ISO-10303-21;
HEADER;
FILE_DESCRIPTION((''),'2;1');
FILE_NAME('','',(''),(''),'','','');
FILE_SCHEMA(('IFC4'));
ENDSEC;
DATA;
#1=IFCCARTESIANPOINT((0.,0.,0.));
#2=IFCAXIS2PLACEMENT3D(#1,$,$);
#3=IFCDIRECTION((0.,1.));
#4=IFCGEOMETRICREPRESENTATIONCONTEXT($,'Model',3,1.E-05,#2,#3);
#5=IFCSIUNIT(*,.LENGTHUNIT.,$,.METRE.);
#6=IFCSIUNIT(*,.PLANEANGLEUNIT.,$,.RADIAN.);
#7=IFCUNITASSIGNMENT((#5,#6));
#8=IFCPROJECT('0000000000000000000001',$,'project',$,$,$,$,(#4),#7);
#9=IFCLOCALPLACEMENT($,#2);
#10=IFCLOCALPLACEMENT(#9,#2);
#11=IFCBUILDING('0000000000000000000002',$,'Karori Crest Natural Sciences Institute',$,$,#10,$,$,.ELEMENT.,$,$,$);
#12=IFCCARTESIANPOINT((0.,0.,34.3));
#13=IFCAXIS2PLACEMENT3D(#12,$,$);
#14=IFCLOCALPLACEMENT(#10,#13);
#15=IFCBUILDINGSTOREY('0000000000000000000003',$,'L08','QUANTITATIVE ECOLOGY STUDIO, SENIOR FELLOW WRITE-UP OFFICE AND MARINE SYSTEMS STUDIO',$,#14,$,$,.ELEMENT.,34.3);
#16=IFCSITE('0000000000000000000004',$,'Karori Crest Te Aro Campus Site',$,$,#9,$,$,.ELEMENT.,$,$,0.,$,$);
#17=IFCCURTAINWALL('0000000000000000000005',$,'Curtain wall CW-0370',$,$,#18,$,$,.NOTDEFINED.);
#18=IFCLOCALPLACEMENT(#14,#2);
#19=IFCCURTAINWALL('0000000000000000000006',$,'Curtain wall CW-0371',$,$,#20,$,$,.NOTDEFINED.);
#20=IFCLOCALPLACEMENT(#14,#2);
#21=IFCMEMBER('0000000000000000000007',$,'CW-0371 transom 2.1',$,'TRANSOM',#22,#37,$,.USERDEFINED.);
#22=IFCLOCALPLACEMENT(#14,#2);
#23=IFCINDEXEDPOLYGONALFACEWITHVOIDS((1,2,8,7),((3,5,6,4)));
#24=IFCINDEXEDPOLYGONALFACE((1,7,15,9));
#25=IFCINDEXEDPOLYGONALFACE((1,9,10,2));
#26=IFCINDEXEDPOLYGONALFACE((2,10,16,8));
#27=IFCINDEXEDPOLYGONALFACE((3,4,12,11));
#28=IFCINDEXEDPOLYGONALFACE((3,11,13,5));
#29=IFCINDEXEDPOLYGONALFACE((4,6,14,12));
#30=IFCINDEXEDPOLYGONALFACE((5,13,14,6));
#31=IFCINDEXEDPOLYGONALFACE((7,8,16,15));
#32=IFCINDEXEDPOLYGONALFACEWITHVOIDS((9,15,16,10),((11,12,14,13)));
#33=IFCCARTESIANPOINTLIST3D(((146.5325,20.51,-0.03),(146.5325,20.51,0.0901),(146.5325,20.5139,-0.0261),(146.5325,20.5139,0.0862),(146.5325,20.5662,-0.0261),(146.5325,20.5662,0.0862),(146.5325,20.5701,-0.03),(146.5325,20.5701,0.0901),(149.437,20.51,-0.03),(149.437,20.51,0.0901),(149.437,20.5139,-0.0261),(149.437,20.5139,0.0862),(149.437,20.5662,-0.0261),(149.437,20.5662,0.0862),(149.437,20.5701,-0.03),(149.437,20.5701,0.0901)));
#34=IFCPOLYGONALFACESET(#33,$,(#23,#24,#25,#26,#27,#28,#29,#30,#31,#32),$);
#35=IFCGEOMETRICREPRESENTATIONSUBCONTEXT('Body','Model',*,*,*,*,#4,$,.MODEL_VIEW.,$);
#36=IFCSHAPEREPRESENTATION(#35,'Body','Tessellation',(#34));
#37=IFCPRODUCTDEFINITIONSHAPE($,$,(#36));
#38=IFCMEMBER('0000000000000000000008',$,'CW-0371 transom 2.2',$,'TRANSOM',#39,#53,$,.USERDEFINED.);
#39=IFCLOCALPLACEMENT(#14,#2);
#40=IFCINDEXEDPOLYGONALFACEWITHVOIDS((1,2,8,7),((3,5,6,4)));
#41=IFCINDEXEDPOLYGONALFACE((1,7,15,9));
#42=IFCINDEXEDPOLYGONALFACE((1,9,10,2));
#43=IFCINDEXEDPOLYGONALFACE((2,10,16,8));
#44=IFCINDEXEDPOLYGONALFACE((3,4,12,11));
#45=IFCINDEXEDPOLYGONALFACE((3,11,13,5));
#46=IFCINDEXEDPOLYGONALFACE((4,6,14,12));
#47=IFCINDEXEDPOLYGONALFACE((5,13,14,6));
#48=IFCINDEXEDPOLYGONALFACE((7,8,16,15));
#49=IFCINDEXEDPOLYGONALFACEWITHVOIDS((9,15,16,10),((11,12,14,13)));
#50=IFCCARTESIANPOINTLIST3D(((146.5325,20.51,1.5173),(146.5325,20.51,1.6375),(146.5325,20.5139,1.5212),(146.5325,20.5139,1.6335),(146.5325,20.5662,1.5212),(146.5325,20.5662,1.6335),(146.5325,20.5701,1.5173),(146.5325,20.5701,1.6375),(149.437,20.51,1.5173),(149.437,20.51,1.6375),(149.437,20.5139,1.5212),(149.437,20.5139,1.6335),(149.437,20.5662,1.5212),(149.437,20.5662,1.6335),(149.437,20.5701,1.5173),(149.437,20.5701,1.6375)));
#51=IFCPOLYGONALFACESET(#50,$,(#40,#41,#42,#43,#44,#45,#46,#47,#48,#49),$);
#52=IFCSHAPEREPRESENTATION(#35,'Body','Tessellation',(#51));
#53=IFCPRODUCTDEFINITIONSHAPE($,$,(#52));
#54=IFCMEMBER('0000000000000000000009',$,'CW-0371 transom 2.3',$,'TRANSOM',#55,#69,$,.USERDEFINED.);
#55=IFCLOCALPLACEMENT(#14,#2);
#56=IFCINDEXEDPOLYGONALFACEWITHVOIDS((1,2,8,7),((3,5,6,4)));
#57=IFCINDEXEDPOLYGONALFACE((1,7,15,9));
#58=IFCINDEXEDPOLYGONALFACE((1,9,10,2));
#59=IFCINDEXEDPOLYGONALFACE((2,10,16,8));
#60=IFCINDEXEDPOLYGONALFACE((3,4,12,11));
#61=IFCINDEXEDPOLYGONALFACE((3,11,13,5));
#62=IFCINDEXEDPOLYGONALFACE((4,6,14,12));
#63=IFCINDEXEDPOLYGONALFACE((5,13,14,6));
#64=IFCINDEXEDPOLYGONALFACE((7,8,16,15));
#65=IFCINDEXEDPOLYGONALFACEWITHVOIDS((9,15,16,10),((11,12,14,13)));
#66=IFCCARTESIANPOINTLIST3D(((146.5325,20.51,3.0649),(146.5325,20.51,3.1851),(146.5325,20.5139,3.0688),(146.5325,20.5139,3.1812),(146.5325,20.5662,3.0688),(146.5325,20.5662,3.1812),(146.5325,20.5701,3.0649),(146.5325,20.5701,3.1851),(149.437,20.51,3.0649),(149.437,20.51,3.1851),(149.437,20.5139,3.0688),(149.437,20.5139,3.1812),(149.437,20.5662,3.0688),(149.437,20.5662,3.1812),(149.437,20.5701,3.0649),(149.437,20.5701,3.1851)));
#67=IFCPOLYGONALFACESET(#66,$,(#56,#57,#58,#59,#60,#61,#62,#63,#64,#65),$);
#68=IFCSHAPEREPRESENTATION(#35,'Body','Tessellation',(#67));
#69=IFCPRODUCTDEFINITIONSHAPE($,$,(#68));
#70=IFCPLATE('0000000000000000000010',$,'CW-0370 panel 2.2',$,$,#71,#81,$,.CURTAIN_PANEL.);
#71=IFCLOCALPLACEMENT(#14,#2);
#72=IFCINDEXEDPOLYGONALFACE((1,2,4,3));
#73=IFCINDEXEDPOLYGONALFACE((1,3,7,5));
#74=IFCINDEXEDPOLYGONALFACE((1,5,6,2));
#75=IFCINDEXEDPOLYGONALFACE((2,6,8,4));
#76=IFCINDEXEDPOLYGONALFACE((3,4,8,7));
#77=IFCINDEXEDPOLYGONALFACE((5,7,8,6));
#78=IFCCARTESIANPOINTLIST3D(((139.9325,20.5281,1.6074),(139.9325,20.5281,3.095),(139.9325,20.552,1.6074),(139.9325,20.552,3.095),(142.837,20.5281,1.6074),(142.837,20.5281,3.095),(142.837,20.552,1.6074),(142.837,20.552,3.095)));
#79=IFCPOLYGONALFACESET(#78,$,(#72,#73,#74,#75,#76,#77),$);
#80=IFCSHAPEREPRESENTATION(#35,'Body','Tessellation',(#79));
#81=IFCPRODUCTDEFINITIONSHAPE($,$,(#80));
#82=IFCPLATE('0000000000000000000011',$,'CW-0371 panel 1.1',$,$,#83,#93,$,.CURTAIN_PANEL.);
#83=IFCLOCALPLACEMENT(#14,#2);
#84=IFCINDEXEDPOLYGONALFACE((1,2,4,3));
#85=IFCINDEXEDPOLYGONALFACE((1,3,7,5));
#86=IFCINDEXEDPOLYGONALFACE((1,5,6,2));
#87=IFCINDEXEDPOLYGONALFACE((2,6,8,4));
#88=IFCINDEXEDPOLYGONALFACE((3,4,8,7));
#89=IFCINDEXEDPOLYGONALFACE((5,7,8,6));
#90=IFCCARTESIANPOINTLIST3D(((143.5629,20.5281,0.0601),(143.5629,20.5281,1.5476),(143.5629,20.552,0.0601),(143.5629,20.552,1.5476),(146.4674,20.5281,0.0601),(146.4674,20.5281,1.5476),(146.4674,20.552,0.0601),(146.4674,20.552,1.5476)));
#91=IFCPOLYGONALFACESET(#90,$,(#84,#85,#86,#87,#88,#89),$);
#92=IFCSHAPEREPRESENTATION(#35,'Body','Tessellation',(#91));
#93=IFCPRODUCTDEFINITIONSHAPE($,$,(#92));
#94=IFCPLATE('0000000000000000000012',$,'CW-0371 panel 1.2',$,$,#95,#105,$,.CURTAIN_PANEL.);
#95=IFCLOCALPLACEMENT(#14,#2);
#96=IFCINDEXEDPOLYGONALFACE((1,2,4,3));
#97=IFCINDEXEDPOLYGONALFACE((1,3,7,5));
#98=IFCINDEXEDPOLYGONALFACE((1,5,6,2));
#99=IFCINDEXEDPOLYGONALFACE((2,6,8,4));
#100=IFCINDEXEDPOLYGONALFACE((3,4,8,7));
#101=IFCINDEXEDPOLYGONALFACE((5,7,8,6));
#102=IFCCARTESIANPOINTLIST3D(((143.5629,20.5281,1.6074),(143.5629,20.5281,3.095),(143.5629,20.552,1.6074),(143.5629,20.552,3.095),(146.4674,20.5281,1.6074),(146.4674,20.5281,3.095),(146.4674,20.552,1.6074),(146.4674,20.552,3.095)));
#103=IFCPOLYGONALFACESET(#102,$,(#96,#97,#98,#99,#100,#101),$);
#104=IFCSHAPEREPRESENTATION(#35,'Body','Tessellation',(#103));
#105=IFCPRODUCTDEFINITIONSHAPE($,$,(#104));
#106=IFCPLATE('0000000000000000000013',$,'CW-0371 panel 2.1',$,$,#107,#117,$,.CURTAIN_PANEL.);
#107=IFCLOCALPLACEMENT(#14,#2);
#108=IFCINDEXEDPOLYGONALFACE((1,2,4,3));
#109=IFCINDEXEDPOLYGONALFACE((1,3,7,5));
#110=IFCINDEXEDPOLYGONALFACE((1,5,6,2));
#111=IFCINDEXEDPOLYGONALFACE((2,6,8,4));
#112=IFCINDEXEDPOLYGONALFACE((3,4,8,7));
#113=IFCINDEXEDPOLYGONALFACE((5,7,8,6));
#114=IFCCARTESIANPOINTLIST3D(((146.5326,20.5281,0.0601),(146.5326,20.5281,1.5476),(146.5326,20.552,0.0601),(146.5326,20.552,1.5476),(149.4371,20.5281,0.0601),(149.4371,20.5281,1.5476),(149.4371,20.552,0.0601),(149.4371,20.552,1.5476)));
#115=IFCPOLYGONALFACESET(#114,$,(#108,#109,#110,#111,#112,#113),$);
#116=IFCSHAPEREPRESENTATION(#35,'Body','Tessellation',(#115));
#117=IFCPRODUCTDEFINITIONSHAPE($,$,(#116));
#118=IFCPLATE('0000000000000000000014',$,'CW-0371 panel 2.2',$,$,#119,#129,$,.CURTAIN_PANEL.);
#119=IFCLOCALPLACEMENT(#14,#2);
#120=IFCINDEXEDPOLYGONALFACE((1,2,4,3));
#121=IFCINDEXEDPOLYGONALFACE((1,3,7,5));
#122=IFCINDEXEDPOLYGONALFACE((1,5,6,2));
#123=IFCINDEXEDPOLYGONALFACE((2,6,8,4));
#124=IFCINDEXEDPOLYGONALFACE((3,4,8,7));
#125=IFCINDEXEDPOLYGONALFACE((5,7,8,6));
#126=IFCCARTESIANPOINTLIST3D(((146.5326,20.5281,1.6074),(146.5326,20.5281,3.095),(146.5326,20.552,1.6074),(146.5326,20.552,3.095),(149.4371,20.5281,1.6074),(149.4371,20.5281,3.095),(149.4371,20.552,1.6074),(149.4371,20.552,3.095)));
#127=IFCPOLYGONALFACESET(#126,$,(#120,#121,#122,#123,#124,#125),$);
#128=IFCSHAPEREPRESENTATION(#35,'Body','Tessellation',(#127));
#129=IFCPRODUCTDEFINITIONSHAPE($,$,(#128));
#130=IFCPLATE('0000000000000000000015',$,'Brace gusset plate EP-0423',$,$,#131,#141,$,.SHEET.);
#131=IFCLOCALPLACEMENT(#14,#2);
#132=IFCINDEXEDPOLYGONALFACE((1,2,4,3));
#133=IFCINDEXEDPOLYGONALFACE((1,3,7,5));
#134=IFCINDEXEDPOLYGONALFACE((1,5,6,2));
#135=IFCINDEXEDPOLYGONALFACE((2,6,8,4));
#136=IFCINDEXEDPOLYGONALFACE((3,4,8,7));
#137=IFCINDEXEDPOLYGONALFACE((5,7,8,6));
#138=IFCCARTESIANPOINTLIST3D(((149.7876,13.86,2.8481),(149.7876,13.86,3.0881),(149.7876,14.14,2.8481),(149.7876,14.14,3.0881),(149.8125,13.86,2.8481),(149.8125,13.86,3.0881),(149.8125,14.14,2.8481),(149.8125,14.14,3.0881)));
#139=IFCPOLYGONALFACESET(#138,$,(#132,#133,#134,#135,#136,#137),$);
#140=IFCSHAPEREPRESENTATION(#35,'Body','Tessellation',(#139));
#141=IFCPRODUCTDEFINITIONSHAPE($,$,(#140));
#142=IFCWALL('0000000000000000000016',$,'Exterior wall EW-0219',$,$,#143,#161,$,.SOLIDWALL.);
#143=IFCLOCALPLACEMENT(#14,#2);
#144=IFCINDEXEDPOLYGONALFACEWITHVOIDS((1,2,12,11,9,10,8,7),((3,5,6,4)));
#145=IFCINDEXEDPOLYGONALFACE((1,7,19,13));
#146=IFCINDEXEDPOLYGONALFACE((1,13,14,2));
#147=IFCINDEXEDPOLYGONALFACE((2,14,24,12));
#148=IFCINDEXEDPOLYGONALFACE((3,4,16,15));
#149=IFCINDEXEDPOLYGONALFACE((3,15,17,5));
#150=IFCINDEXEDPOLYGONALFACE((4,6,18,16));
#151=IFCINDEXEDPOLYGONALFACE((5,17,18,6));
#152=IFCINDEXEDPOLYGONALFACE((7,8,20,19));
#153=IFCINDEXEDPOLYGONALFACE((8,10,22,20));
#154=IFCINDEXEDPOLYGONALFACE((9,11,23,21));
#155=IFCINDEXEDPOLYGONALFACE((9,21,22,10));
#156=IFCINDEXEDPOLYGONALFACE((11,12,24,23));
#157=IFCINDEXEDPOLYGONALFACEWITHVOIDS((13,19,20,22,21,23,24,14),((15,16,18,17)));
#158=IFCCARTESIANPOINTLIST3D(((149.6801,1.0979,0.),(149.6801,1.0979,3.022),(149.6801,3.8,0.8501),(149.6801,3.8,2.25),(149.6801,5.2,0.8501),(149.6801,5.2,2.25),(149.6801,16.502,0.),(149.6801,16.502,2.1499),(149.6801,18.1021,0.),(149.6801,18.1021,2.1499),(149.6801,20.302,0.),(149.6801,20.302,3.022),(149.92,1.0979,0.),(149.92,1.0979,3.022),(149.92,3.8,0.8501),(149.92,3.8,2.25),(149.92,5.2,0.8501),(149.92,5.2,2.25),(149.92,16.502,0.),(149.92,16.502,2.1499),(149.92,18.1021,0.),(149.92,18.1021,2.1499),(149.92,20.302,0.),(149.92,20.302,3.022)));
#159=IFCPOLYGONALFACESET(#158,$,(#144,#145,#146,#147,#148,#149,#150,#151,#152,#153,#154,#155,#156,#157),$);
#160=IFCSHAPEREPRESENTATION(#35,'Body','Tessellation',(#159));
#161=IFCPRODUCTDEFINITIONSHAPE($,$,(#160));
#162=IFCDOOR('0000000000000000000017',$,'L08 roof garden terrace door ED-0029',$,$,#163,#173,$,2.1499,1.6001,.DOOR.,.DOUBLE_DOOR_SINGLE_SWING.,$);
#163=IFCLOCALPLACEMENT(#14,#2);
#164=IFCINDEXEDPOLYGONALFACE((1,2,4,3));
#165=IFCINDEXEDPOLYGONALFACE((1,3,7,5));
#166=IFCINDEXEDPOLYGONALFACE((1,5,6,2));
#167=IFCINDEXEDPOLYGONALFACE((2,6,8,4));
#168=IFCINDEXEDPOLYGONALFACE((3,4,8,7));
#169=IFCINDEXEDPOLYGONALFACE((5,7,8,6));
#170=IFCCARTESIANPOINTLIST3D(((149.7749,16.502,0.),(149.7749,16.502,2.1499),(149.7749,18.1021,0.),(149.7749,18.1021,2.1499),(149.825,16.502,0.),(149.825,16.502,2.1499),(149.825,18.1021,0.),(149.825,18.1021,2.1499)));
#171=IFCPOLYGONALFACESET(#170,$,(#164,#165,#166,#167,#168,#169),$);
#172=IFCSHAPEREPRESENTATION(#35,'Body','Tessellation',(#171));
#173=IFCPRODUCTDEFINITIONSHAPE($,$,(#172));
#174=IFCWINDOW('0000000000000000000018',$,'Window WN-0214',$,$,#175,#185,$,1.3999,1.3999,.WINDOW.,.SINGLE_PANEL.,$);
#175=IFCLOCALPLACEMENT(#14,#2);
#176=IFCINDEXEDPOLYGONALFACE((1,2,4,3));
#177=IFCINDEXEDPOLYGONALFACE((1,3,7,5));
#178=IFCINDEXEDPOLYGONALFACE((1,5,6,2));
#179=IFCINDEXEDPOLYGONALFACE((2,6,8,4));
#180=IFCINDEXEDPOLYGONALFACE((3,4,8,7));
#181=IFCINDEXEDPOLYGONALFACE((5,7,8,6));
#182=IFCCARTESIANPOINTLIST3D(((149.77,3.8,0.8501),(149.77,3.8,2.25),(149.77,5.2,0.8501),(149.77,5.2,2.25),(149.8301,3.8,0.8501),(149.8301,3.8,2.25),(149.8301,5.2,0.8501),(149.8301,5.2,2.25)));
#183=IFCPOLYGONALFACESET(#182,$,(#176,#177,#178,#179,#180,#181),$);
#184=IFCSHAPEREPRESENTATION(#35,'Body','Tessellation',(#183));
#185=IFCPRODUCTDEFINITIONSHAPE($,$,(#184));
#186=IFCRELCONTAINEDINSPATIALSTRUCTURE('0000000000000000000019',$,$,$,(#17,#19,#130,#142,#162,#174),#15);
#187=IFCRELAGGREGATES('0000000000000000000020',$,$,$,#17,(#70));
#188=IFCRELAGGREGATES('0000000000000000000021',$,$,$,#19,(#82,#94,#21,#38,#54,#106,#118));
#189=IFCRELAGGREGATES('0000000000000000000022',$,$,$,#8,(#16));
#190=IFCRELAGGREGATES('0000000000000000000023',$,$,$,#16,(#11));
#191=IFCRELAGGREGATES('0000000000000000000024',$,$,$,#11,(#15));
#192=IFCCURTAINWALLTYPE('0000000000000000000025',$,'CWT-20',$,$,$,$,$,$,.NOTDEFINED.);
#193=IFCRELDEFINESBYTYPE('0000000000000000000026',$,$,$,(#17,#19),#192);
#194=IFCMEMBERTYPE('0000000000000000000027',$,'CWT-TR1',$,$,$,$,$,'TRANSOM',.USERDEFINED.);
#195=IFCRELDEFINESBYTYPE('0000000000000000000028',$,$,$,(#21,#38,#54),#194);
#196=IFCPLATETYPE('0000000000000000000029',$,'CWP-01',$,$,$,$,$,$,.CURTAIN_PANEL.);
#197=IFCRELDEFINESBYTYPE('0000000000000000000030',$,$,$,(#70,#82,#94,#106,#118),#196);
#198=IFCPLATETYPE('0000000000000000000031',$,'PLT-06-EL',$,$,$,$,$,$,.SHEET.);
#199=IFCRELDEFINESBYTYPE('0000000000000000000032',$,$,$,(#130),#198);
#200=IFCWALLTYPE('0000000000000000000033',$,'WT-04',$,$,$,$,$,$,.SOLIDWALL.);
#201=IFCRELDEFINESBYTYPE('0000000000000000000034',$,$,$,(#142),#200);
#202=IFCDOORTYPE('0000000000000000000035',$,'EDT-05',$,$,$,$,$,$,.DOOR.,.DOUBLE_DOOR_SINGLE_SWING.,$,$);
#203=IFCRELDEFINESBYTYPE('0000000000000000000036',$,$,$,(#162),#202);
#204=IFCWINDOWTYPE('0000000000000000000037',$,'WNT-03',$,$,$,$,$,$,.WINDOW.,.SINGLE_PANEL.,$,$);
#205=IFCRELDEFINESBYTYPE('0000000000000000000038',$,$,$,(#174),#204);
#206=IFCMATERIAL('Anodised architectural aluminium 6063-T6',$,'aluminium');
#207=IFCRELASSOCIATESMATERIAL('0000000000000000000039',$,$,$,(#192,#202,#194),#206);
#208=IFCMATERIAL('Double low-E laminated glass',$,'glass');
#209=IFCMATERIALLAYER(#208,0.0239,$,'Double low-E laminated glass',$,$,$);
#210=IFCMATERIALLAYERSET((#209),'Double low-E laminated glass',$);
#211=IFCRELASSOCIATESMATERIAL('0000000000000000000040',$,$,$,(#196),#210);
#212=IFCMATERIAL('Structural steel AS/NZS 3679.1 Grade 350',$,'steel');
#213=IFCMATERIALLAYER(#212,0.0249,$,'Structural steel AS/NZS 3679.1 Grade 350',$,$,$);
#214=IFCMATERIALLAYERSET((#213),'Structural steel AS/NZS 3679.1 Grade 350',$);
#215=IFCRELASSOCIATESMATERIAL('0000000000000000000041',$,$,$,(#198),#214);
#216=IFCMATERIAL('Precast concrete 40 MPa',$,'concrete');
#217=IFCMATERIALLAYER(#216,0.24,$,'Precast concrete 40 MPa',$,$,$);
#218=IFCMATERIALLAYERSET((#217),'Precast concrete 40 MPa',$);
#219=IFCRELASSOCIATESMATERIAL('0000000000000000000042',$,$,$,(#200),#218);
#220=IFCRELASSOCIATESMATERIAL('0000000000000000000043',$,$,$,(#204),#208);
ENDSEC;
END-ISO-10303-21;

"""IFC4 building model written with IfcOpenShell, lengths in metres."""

from ifc_helpers import new_model, si_unit, direction, frame, frame_2d, origin, origin_2d, place, context, subcontext, project, spatial, rectangle, hollow_rectangle, extrude, material, layer, layer_set, material_profile, profile_set, type_object, element, fill, aggregate, save


model = new_model("IFC4")

# Units and contexts
model_context = context("Model", 3, precision=1e-05, world=origin(), true_north=direction((0.0, 1.0)))
body_context = subcontext(model_context, "Body", "Model", "MODEL_VIEW")
ifc_project = project(units=[si_unit("LENGTHUNIT", "METRE"), si_unit("PLANEANGLEUNIT", "RADIAN")], contexts=[model_context])

# Site, building, storey
site_placement = place(None, origin())
site = spatial("IfcSite", under=ifc_project, at=site_placement, Name="Karori Crest Te Aro Campus Site", CompositionType="ELEMENT", RefElevation=0.0)
building_placement = place(site_placement, origin())
building = spatial("IfcBuilding", under=site, at=building_placement, Name="Karori Crest Natural Sciences Institute", CompositionType="ELEMENT")
storey_placement = place(building_placement, frame((0.0, 0.0, 34.3)))
storey = spatial("IfcBuildingStorey", under=building, at=storey_placement, Name="L08", Description="QUANTITATIVE ECOLOGY STUDIO, SENIOR FELLOW WRITE-UP OFFICE AND MARINE SYSTEMS STUDIO", CompositionType="ELEMENT", Elevation=34.3)

# Shared definitions
ifc_material_1 = material(Name="Structural steel AS/NZS 3679.1 Grade 350", Category="steel")

# Curtain wall
ifc_material_2 = material(Name="Anodised architectural aluminium 6063-T6", Category="aluminium")
curtain_wall_type = type_object("IfcCurtainWallType", Name="CWT-20", PredefinedType="NOTDEFINED", material=ifc_material_2)
curtain_wall_1_placement = place(storey_placement, origin())
curtain_wall_1 = element("IfcCurtainWall", 1, at=curtain_wall_1_placement, inside=storey, type_object=curtain_wall_type, Name="Curtain wall CW-0370", PredefinedType="NOTDEFINED")

# Curtain wall, members
curtain_wall_2_placement = place(storey_placement, origin())
curtain_wall_2 = element("IfcCurtainWall", 2, at=curtain_wall_2_placement, inside=storey, type_object=curtain_wall_type, Name="Curtain wall CW-0371", PredefinedType="NOTDEFINED")
ifc_material_profile_1 = material_profile(ifc_material_2, hollow_rectangle(XDim=0.0601, YDim=0.1201, WallThickness=0.0039, at=origin_2d()), Name="CWT120x60x4")
ifc_profile_set_1 = profile_set([ifc_material_profile_1], Name="Anodised architectural aluminium 6063-T6")
member_type_1 = type_object("IfcMemberType", Name="CWT-TR1", ElementType="TRANSOM", PredefinedType="USERDEFINED", material=ifc_profile_set_1)
member_1_placement = place(storey_placement, frame((146.5325, 20.54, 0.03), z_axis=(1.0, 0.0, 0.0), x_axis=(0.0, 1.0, 0.0)))
member_1 = element("IfcMember", 3, at=member_1_placement, type_object=member_type_1, Name="CW-0371 transom 2.1", ObjectType="TRANSOM", PredefinedType="USERDEFINED", context=body_context, shape_type="SweptSolid", body=[
    extrude(hollow_rectangle(XDim=0.0601, YDim=0.1201, WallThickness=0.0039, at=origin_2d()), origin(), (0.0, 0.0, 1.0), 2.9045),
])
member_2_placement = place(storey_placement, frame((146.5325, 20.54, 1.5774), z_axis=(1.0, 0.0, 0.0), x_axis=(0.0, 1.0, 0.0)))
member_2 = element("IfcMember", 4, at=member_2_placement, type_object=member_type_1, Name="CW-0371 transom 2.2", ObjectType="TRANSOM", PredefinedType="USERDEFINED", context=body_context, shape_type="SweptSolid", body=[
    extrude(hollow_rectangle(XDim=0.0601, YDim=0.1201, WallThickness=0.0039, at=origin_2d()), origin(), (0.0, 0.0, 1.0), 2.9045),
])
member_3_placement = place(storey_placement, frame((146.5325, 20.54, 3.125), z_axis=(1.0, 0.0, 0.0), x_axis=(0.0, 1.0, 0.0)))
member_3 = element("IfcMember", 5, at=member_3_placement, type_object=member_type_1, Name="CW-0371 transom 2.3", ObjectType="TRANSOM", PredefinedType="USERDEFINED", context=body_context, shape_type="SweptSolid", body=[
    extrude(hollow_rectangle(XDim=0.0601, YDim=0.1201, WallThickness=0.0039, at=origin_2d()), origin(), (0.0, 0.0, 1.0), 2.9045),
])

# Plates
ifc_material_3 = material(Name="Double low-E laminated glass", Category="glass")
ifc_layer_1 = layer(ifc_material_3, 0.0239, Name="Double low-E laminated glass")
ifc_layer_set_1 = layer_set([ifc_layer_1], Name="Double low-E laminated glass")
plate_type_1 = type_object("IfcPlateType", Name="CWP-01", PredefinedType="CURTAIN_PANEL", material=ifc_layer_set_1)
plate_1_placement = place(storey_placement, frame((141.3848, 20.54, 1.6074), z_axis=(0.0, 0.0, 1.0), x_axis=(1.0, 0.0, 0.0)))
plate_1 = element("IfcPlate", 6, at=plate_1_placement, type_object=plate_type_1, Name="CW-0370 panel 2.2", PredefinedType="CURTAIN_PANEL", context=body_context, shape_type="SweptSolid", body=[
    extrude(rectangle(XDim=2.9045, YDim=0.0239, at=origin_2d()), origin(), (0.0, 0.0, 1.0), 1.4875),
])
aggregate(curtain_wall_1, [plate_1])
plate_2_placement = place(storey_placement, frame((145.0151, 20.54, 0.0601), z_axis=(0.0, 0.0, 1.0), x_axis=(1.0, 0.0, 0.0)))
plate_2 = element("IfcPlate", 7, at=plate_2_placement, type_object=plate_type_1, Name="CW-0371 panel 1.1", PredefinedType="CURTAIN_PANEL", context=body_context, shape_type="SweptSolid", body=[
    extrude(rectangle(XDim=2.9045, YDim=0.0239, at=origin_2d()), origin(), (0.0, 0.0, 1.0), 1.4875),
])
plate_3_placement = place(storey_placement, frame((145.0151, 20.54, 1.6074), z_axis=(0.0, 0.0, 1.0), x_axis=(1.0, 0.0, 0.0)))
plate_3 = element("IfcPlate", 8, at=plate_3_placement, type_object=plate_type_1, Name="CW-0371 panel 1.2", PredefinedType="CURTAIN_PANEL", context=body_context, shape_type="SweptSolid", body=[
    extrude(rectangle(XDim=2.9045, YDim=0.0239, at=origin_2d()), origin(), (0.0, 0.0, 1.0), 1.4875),
])
plate_4_placement = place(storey_placement, frame((147.9849, 20.54, 0.0601), z_axis=(0.0, 0.0, 1.0), x_axis=(1.0, 0.0, 0.0)))
plate_4 = element("IfcPlate", 9, at=plate_4_placement, type_object=plate_type_1, Name="CW-0371 panel 2.1", PredefinedType="CURTAIN_PANEL", context=body_context, shape_type="SweptSolid", body=[
    extrude(rectangle(XDim=2.9045, YDim=0.0239, at=origin_2d()), origin(), (0.0, 0.0, 1.0), 1.4875),
])
plate_5_placement = place(storey_placement, frame((147.9849, 20.54, 1.6074), z_axis=(0.0, 0.0, 1.0), x_axis=(1.0, 0.0, 0.0)))
plate_5 = element("IfcPlate", 10, at=plate_5_placement, type_object=plate_type_1, Name="CW-0371 panel 2.2", PredefinedType="CURTAIN_PANEL", context=body_context, shape_type="SweptSolid", body=[
    extrude(rectangle(XDim=2.9045, YDim=0.0239, at=origin_2d()), origin(), (0.0, 0.0, 1.0), 1.4875),
])
aggregate(curtain_wall_2, [plate_2, plate_3, member_1, member_2, member_3, plate_4, plate_5])
ifc_layer_2 = layer(ifc_material_1, 0.0249, Name="Structural steel AS/NZS 3679.1 Grade 350")
ifc_layer_set_2 = layer_set([ifc_layer_2], Name="Structural steel AS/NZS 3679.1 Grade 350")
plate_type_2 = type_object("IfcPlateType", Name="PLT-06-EL", PredefinedType="SHEET", material=ifc_layer_set_2)
plate_6_placement = place(storey_placement, frame((149.8, 14.0, 2.8481), z_axis=(0.0, 0.0, 1.0), x_axis=(0.0, 1.0, 0.0)))
element("IfcPlate", 11, at=plate_6_placement, inside=storey, type_object=plate_type_2, Name="Brace gusset plate EP-0423", PredefinedType="SHEET", context=body_context, shape_type="SweptSolid", body=[
    extrude(rectangle(XDim=0.28, YDim=0.0249, at=origin_2d()), origin(), (0.0, 0.0, 1.0), 0.24),
])

# Wall, openings, door, window
ifc_material_4 = material(Name="Precast concrete 40 MPa", Category="concrete")
ifc_layer_3 = layer(ifc_material_4, 0.24, Name="Precast concrete 40 MPa")
ifc_layer_set_3 = layer_set([ifc_layer_3], Name="Precast concrete 40 MPa")
wall_type = type_object("IfcWallType", Name="WT-04", PredefinedType="SOLIDWALL", material=ifc_layer_set_3)
wall_placement = place(storey_placement, frame((149.8, 20.302, 0.0), z_axis=(0.0, 0.0, 1.0), x_axis=(0.0, -1.0, 0.0)))
wall = element("IfcWall", 12, at=wall_placement, inside=storey, type_object=wall_type, Name="Exterior wall EW-0219", PredefinedType="SOLIDWALL", context=body_context, shape_type="SweptSolid", body=[
    extrude(rectangle(XDim=19.2041, YDim=0.24, at=frame_2d((9.6021, 0.0))), origin(), (0.0, 0.0, 1.0), 3.022),
])
opening_1_placement = place(wall_placement, frame((2.2, 0.0, 0.0)))
opening_1 = element("IfcOpeningElement", 13, at=opening_1_placement, cuts=wall, PredefinedType="OPENING", context=body_context, shape_type="SweptSolid", body=[
    extrude(rectangle(XDim=1.6001, YDim=2.1499, at=frame_2d((0.8, 1.075))), frame((0.0, 0.1299, 0.0), z_axis=(0.0, -1.0, 0.0), x_axis=(1.0, 0.0, 0.0)), (0.0, 0.0, 1.0), 0.26),
])
opening_2_placement = place(wall_placement, frame((15.1021, 0.0, 0.8501)))
opening_2 = element("IfcOpeningElement", 14, at=opening_2_placement, cuts=wall, PredefinedType="OPENING", context=body_context, shape_type="SweptSolid", body=[
    extrude(rectangle(XDim=1.3999, YDim=1.3999, at=frame_2d((0.7, 0.7))), frame((0.0, 0.1299, 0.0), z_axis=(0.0, -1.0, 0.0), x_axis=(1.0, 0.0, 0.0)), (0.0, 0.0, 1.0), 0.26),
])
door_type = type_object("IfcDoorType", Name="EDT-05", OperationType="DOUBLE_DOOR_SINGLE_SWING", PredefinedType="DOOR", material=ifc_material_2)
door_placement = place(opening_1_placement, origin())
door = element("IfcDoor", 15, at=door_placement, inside=storey, type_object=door_type, Name="L08 roof garden terrace door ED-0029", OperationType="DOUBLE_DOOR_SINGLE_SWING", OverallHeight=2.1499, OverallWidth=1.6001, PredefinedType="DOOR", context=body_context, shape_type="SweptSolid", body=[
    extrude(rectangle(XDim=1.6001, YDim=2.1499, at=frame_2d((0.8, 1.075))), frame((0.0, 0.0249, 0.0), z_axis=(0.0, -1.0, 0.0), x_axis=(1.0, 0.0, 0.0)), (0.0, 0.0, 1.0), 0.05),
])
fill(opening_1, door)
window_type = type_object("IfcWindowType", Name="WNT-03", PartitioningType="SINGLE_PANEL", PredefinedType="WINDOW", material=ifc_material_3)
window_placement = place(opening_2_placement, origin())
window = element("IfcWindow", 16, at=window_placement, inside=storey, type_object=window_type, Name="Window WN-0214", OverallHeight=1.3999, OverallWidth=1.3999, PartitioningType="SINGLE_PANEL", PredefinedType="WINDOW", context=body_context, shape_type="SweptSolid", body=[
    extrude(rectangle(XDim=1.3999, YDim=1.3999, at=frame_2d((0.7, 0.7))), frame((0.0, 0.03, 0.0), z_axis=(0.0, -1.0, 0.0), x_axis=(1.0, 0.0, 0.0)), (0.0, 0.0, 1.0), 0.0601),
])
fill(opening_2, window)

save(model, "model.ifc")
